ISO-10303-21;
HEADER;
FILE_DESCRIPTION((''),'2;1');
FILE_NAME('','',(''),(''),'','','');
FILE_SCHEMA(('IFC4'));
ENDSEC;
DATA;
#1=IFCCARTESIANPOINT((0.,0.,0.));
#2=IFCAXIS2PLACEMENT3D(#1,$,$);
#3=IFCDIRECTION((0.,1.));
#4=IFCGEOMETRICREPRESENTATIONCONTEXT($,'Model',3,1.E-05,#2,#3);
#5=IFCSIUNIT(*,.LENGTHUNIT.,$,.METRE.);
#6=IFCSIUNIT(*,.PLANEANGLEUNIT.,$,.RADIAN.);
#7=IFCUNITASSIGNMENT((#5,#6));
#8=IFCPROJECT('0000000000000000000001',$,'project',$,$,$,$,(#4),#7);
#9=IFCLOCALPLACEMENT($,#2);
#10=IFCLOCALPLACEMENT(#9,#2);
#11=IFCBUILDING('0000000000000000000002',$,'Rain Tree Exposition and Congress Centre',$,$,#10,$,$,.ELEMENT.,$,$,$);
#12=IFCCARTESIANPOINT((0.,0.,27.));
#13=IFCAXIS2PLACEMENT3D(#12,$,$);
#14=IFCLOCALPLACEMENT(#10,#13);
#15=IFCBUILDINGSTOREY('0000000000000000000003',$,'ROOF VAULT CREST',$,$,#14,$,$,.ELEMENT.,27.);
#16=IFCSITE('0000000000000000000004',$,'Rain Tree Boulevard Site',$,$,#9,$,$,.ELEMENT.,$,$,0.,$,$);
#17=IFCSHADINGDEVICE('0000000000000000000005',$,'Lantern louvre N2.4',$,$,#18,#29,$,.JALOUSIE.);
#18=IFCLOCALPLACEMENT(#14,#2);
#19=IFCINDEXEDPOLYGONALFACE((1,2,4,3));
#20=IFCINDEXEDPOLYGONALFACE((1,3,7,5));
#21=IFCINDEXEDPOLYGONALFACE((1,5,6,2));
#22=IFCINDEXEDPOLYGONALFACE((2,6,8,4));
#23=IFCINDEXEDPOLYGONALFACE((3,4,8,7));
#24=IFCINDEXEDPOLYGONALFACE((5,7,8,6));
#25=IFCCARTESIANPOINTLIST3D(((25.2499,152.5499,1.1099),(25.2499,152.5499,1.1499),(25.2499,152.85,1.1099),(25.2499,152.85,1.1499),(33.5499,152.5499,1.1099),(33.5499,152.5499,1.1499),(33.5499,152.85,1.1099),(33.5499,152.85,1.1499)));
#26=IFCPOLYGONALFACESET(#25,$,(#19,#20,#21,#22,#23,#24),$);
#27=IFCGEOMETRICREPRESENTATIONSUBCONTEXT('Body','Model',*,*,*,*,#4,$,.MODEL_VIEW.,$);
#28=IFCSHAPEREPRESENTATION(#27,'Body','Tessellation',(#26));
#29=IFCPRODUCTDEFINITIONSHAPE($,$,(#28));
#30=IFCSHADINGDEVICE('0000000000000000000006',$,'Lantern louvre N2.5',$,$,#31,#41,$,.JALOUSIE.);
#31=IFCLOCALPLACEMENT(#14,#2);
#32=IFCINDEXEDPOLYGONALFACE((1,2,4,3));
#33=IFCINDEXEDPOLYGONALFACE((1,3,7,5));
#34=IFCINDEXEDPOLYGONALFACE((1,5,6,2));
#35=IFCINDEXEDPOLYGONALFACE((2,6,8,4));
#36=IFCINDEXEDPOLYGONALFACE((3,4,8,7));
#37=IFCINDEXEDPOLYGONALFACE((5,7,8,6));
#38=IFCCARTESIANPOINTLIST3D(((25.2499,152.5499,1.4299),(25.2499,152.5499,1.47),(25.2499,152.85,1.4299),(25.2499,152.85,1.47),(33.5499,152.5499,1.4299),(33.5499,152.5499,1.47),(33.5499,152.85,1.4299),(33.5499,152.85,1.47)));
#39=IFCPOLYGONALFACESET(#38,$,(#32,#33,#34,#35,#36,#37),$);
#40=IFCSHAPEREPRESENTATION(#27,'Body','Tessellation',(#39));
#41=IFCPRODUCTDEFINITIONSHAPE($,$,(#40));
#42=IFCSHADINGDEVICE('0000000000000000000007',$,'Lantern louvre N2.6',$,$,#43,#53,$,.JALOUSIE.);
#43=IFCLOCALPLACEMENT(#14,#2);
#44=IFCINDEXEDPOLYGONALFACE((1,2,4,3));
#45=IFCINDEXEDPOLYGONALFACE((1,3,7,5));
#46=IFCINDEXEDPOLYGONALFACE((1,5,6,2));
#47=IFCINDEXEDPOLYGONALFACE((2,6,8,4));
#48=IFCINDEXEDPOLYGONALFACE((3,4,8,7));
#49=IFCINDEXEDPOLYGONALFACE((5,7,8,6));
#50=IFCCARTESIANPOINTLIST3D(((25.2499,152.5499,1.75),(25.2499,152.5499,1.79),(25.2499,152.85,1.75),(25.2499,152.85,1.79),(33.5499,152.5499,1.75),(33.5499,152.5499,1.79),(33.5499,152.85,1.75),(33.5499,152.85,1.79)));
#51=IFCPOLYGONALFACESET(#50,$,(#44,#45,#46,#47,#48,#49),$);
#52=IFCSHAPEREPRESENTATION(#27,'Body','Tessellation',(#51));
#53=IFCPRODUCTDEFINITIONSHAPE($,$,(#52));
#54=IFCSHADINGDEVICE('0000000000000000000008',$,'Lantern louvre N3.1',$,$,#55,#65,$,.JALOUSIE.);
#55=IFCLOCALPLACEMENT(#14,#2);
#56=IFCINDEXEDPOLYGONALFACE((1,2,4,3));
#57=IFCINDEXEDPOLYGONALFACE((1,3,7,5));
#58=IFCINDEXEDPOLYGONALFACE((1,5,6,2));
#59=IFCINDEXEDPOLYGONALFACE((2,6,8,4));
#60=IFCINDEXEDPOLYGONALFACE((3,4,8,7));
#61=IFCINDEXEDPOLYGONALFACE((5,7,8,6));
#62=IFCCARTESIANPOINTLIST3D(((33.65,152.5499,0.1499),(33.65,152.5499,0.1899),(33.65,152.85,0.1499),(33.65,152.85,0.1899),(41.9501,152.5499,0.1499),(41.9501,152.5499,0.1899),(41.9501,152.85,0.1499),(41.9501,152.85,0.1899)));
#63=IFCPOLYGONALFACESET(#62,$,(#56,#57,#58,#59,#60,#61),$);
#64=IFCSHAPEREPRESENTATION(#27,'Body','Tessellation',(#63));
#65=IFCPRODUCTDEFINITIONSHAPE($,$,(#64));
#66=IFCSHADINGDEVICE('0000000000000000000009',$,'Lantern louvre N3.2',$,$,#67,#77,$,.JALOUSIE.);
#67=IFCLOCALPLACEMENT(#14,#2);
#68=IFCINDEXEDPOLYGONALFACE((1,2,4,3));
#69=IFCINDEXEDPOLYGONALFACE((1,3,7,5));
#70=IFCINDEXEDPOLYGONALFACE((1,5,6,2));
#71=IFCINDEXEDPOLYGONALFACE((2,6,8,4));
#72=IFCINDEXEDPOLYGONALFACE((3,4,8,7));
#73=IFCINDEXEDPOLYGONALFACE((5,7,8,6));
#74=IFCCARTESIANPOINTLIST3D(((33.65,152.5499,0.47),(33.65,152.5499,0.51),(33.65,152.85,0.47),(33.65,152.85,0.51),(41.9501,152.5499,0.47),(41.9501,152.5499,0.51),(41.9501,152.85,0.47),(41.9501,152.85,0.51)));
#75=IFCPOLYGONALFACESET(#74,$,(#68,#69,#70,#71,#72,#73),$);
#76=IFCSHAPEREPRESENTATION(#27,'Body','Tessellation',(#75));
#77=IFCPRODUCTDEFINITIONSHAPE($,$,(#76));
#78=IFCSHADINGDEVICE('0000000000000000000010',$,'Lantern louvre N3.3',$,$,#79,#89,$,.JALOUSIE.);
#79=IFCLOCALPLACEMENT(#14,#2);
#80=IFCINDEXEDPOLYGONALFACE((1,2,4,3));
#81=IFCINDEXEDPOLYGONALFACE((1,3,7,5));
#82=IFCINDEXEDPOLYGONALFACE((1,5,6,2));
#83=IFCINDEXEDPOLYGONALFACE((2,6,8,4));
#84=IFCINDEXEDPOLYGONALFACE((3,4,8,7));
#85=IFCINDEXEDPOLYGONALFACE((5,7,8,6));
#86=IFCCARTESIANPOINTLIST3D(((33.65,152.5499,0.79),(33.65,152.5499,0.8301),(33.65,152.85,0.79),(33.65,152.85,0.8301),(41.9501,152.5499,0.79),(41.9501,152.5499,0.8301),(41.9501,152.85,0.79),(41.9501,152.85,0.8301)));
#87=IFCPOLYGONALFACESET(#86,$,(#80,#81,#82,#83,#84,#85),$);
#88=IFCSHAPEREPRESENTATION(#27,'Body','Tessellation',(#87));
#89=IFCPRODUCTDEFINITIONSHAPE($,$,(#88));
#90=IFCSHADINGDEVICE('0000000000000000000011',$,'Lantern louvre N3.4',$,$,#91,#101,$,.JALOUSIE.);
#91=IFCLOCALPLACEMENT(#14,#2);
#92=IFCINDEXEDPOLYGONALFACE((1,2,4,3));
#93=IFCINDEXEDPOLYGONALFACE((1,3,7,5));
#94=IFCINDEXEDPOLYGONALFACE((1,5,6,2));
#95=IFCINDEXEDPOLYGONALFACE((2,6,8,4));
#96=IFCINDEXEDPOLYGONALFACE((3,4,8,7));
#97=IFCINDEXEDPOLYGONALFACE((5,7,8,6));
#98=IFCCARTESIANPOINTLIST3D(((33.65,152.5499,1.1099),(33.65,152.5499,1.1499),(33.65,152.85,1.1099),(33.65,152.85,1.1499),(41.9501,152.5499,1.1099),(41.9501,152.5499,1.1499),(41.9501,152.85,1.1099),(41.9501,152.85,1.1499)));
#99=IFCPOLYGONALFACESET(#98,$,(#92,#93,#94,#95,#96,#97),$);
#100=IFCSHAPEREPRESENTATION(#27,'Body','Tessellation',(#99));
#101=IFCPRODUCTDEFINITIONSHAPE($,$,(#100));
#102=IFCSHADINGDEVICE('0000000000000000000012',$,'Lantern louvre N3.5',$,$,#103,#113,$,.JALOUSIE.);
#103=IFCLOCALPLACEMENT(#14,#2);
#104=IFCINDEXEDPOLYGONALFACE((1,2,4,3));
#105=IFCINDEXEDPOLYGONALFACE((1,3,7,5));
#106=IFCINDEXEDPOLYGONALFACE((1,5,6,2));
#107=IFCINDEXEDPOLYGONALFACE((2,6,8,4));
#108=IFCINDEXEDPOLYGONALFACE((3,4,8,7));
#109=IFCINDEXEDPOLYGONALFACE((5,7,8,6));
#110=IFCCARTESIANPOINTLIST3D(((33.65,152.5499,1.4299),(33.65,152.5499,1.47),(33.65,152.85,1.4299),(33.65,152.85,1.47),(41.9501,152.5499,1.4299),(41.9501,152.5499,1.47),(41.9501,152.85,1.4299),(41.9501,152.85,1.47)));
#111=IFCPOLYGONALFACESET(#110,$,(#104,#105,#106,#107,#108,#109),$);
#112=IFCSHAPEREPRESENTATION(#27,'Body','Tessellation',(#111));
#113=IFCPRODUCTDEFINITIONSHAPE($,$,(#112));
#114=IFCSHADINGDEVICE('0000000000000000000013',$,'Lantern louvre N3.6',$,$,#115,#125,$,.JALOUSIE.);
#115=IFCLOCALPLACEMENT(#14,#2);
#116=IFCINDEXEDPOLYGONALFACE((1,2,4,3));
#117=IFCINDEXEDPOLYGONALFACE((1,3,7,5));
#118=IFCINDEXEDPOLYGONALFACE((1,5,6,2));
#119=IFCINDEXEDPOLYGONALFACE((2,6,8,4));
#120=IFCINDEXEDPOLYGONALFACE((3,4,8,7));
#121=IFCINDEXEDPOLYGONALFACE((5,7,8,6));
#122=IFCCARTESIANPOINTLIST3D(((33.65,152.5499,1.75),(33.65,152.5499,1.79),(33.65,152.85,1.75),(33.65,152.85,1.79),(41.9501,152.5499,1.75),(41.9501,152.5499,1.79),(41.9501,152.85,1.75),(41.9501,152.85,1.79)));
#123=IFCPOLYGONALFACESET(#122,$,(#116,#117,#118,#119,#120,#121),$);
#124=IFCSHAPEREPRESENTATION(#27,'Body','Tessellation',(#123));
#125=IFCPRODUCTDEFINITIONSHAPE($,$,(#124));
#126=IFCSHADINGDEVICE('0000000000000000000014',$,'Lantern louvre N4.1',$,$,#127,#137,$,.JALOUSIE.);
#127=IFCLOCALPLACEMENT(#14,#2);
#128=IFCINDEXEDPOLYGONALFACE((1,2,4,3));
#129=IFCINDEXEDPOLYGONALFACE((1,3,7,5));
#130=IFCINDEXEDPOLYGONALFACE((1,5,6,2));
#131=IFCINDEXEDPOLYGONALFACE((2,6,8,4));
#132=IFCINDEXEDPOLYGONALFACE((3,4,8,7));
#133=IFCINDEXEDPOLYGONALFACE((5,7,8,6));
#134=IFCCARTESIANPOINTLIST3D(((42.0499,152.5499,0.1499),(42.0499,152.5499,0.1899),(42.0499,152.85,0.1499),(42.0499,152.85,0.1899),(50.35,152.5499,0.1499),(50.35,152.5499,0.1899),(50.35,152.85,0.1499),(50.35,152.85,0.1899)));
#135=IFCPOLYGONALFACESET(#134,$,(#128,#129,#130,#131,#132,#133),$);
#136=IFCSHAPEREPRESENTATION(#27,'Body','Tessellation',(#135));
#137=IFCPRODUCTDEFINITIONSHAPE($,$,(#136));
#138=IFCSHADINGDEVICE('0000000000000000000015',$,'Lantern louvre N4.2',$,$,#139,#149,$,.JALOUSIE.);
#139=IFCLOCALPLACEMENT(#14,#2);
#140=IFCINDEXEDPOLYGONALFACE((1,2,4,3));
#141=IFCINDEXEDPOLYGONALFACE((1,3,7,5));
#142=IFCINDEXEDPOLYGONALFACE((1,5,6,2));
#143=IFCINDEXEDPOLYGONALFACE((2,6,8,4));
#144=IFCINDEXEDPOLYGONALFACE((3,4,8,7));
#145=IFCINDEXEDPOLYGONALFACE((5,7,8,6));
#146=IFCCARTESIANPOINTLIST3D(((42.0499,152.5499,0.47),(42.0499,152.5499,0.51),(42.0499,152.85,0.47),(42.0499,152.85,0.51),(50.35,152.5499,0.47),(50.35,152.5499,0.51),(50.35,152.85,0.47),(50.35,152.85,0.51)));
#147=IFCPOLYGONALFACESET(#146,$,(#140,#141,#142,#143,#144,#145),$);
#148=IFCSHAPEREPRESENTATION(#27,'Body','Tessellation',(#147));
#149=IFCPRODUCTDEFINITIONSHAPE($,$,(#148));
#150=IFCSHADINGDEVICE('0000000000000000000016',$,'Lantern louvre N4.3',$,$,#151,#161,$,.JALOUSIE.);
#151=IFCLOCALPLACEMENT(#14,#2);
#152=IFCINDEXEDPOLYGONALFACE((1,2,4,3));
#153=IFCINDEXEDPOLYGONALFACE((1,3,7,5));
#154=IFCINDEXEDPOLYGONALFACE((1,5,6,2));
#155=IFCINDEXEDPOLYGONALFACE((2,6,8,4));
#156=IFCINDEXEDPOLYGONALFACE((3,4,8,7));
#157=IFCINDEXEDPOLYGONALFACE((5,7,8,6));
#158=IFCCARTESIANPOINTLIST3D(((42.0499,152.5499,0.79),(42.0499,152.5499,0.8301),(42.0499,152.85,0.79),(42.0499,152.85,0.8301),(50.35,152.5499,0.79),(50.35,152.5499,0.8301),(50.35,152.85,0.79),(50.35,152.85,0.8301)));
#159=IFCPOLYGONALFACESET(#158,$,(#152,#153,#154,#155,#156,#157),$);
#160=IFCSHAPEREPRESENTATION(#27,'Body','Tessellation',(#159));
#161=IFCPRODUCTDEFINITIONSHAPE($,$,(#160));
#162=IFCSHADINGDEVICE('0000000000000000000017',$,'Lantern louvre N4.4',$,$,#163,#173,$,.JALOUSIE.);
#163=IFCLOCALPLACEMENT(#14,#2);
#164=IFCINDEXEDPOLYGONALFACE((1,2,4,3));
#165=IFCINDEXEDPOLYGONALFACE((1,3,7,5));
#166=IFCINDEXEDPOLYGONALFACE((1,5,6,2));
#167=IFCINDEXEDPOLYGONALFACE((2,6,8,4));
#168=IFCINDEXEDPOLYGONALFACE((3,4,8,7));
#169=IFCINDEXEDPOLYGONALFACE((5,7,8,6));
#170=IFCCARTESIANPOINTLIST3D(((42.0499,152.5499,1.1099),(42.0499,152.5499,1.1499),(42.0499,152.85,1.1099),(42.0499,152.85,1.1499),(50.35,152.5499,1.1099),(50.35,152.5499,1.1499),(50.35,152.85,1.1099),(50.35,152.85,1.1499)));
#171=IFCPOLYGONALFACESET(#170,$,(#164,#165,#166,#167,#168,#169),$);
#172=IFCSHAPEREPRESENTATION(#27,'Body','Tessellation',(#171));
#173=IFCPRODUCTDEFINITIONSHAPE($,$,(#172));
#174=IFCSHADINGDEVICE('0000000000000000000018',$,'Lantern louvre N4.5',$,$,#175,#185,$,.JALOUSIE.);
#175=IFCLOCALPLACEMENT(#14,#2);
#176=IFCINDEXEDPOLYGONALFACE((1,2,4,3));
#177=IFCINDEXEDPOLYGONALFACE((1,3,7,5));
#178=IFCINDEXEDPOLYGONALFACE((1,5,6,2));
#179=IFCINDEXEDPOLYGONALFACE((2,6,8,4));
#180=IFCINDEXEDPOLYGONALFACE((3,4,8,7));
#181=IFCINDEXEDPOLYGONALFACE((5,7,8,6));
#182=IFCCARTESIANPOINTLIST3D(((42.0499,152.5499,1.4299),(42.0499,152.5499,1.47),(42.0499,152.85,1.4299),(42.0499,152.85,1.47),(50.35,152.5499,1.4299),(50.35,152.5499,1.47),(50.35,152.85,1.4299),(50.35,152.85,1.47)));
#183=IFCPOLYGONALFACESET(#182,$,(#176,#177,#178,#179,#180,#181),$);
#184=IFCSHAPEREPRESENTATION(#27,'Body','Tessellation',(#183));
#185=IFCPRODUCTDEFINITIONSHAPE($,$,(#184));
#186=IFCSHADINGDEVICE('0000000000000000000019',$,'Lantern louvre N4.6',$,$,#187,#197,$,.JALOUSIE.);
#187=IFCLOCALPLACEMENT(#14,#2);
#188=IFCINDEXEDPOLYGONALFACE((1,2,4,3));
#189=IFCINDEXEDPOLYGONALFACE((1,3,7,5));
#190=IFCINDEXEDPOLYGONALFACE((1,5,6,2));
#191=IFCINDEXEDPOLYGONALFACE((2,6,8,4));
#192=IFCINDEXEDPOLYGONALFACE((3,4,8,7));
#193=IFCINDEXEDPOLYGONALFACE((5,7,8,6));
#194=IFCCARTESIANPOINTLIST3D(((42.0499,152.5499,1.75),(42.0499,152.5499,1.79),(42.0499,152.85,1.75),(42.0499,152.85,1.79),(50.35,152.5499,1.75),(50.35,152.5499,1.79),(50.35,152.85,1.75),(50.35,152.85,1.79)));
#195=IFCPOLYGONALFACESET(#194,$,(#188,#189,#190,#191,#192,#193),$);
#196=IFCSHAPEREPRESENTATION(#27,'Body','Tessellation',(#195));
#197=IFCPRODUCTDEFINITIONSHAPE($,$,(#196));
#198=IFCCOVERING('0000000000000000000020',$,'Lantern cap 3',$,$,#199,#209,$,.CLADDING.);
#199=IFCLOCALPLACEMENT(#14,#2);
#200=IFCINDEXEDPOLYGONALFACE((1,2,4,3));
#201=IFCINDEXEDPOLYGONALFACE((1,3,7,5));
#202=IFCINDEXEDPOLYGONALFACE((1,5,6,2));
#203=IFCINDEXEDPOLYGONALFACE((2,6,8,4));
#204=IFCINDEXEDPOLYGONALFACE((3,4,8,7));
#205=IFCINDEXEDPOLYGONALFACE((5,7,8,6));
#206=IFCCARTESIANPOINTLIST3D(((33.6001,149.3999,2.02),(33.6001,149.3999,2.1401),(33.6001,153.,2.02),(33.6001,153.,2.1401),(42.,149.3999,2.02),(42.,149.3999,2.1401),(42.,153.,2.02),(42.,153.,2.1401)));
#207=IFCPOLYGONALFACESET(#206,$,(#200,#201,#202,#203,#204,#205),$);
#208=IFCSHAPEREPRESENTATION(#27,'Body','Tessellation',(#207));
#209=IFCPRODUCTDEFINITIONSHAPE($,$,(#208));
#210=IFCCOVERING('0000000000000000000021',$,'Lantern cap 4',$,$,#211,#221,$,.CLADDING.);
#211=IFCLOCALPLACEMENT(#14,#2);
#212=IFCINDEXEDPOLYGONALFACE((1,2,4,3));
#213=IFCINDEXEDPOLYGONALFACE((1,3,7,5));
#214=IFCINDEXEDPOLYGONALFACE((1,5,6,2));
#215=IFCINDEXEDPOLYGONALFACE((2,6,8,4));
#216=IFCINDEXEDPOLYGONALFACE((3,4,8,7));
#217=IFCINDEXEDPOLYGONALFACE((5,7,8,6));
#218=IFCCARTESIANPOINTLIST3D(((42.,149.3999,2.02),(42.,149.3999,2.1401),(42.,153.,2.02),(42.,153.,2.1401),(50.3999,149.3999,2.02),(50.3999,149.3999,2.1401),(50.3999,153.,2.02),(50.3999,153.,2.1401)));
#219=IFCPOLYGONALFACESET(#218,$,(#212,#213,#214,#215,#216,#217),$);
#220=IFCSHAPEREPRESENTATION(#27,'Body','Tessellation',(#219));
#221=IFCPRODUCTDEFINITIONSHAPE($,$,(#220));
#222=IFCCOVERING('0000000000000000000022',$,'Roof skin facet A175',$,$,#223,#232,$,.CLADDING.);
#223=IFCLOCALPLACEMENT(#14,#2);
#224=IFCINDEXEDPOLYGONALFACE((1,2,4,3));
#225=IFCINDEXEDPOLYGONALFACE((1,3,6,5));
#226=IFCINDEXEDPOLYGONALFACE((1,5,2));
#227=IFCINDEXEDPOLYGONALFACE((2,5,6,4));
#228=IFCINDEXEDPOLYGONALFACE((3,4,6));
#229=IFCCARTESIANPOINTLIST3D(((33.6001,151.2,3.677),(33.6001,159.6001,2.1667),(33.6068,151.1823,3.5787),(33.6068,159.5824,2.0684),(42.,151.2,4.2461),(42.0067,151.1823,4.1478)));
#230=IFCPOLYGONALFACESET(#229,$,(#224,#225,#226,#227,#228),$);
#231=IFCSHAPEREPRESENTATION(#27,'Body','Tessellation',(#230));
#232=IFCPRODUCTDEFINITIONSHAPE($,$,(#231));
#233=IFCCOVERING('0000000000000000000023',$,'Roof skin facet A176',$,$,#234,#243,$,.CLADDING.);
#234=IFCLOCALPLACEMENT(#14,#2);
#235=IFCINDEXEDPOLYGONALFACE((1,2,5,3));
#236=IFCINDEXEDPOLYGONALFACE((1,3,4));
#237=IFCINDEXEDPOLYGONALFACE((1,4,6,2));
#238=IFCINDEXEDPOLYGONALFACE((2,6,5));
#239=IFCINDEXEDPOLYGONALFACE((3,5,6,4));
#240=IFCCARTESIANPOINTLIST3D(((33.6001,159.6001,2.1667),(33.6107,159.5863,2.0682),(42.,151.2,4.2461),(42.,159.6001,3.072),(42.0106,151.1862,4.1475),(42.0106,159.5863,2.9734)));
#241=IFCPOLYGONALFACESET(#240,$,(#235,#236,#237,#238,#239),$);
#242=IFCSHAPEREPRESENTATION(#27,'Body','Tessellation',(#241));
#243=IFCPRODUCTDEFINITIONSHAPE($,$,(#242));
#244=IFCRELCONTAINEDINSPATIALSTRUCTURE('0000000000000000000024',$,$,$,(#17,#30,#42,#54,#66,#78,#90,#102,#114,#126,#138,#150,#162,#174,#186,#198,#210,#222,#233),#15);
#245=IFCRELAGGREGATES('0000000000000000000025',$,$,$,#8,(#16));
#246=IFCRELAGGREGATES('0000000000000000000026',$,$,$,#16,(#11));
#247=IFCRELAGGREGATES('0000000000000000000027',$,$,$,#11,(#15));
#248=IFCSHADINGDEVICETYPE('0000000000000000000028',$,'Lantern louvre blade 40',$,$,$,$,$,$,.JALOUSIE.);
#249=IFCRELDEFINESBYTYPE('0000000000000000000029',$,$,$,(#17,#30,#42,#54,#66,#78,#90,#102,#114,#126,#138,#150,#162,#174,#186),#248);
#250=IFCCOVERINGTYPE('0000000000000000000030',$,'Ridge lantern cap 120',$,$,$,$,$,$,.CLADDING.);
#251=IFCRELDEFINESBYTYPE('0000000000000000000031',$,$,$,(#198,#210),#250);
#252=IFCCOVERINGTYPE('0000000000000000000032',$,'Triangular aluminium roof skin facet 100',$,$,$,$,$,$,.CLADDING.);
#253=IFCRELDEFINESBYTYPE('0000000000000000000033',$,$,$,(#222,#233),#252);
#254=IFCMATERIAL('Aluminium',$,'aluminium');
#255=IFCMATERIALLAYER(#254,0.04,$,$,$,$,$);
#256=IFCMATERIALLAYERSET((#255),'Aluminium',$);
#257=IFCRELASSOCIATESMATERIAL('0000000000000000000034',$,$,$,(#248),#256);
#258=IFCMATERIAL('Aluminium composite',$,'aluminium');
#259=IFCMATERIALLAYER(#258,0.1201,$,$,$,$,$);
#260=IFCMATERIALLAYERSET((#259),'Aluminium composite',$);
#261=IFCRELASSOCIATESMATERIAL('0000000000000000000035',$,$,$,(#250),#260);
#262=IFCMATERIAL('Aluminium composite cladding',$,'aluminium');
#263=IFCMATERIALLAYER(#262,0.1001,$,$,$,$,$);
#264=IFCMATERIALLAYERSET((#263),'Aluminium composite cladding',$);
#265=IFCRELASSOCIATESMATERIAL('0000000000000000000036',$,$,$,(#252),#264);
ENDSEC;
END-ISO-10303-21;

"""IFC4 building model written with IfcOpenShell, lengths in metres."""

from ifc_helpers import new_model, si_unit, direction, frame, origin, origin_2d, place, context, subcontext, project, spatial, polyline, rectangle, outline, extrude, material, layer, layer_set, type_object, element, save


model = new_model("IFC4")

# Units and contexts
model_context = context("Model", 3, precision=1e-05, world=origin(), true_north=direction((0.0, 1.0)))
body_context = subcontext(model_context, "Body", "Model", "MODEL_VIEW")
ifc_project = project(units=[si_unit("LENGTHUNIT", "METRE"), si_unit("PLANEANGLEUNIT", "RADIAN")], contexts=[model_context])

# Site, building, storey
site_placement = place(None, origin())
site = spatial("IfcSite", under=ifc_project, at=site_placement, Name="Rain Tree Boulevard Site", CompositionType="ELEMENT", RefElevation=0.0)
building_placement = place(site_placement, origin())
building = spatial("IfcBuilding", under=site, at=building_placement, Name="Rain Tree Exposition and Congress Centre", CompositionType="ELEMENT")
storey_placement = place(building_placement, frame((0.0, 0.0, 27.0)))
storey = spatial("IfcBuildingStorey", under=building, at=storey_placement, Name="ROOF VAULT CREST", CompositionType="ELEMENT", Elevation=27.0)

# Shading devices
ifc_material_1 = material(Name="Aluminium", Category="aluminium")
ifc_layer_1 = layer(ifc_material_1, 0.04)
ifc_layer_set_1 = layer_set([ifc_layer_1], Name="Aluminium")
shading_device_type = type_object("IfcShadingDeviceType", Name="Lantern louvre blade 40", PredefinedType="JALOUSIE", material=ifc_layer_set_1)
for number, where, z_axis, x_axis, name in (
    (1, (29.3999, 152.7, 1.1099), (0.0, 0.0, 1.0), (1.0, 0.0, 0.0), "Lantern louvre N2.4"),
    (2, (29.3999, 152.7, 1.4299), (0.0, 0.0, 1.0), (1.0, 0.0, 0.0), "Lantern louvre N2.5"),
    (3, (29.3999, 152.7, 1.75), (0.0, 0.0, 1.0), (1.0, 0.0, 0.0), "Lantern louvre N2.6"),
    (4, (37.8, 152.7, 0.1499), (0.0, 0.0, 1.0), (1.0, 0.0, 0.0), "Lantern louvre N3.1"),
    (5, (37.8, 152.7, 0.47), (0.0, 0.0, 1.0), (1.0, 0.0, 0.0), "Lantern louvre N3.2"),
    (6, (37.8, 152.7, 0.79), (0.0, 0.0, 1.0), (1.0, 0.0, 0.0), "Lantern louvre N3.3"),
    (7, (37.8, 152.7, 1.1099), (0.0, 0.0, 1.0), (1.0, 0.0, 0.0), "Lantern louvre N3.4"),
    (8, (37.8, 152.7, 1.4299), (0.0, 0.0, 1.0), (1.0, 0.0, 0.0), "Lantern louvre N3.5"),
    (9, (37.8, 152.7, 1.75), (0.0, 0.0, 1.0), (1.0, 0.0, 0.0), "Lantern louvre N3.6"),
    (10, (46.2, 152.7, 0.1499), (0.0, 0.0, 1.0), (1.0, 0.0, 0.0), "Lantern louvre N4.1"),
    (11, (46.2, 152.7, 0.47), (0.0, 0.0, 1.0), (1.0, 0.0, 0.0), "Lantern louvre N4.2"),
    (12, (46.2, 152.7, 0.79), (0.0, 0.0, 1.0), (1.0, 0.0, 0.0), "Lantern louvre N4.3"),
    (13, (46.2, 152.7, 1.1099), (0.0, 0.0, 1.0), (1.0, 0.0, 0.0), "Lantern louvre N4.4"),
    (14, (46.2, 152.7, 1.4299), (0.0, 0.0, 1.0), (1.0, 0.0, 0.0), "Lantern louvre N4.5"),
    (15, (46.2, 152.7, 1.75), (0.0, 0.0, 1.0), (1.0, 0.0, 0.0), "Lantern louvre N4.6"),
):
    element("IfcShadingDevice", number, at=place(storey_placement, frame(where, z_axis=z_axis, x_axis=x_axis)), inside=storey, type_object=shading_device_type, Name=name, PredefinedType="JALOUSIE", context=body_context, shape_type="SweptSolid", body=[
        extrude(rectangle(XDim=8.3, YDim=0.3, at=origin_2d()), origin(), (0.0, 0.0, 1.0), 0.04),
    ])

# Coverings
ifc_material_2 = material(Name="Aluminium composite", Category="aluminium")
ifc_layer_2 = layer(ifc_material_2, 0.1201)
ifc_layer_set_2 = layer_set([ifc_layer_2], Name="Aluminium composite")
covering_type_1 = type_object("IfcCoveringType", Name="Ridge lantern cap 120", PredefinedType="CLADDING", material=ifc_layer_set_2)
for number, where, z_axis, x_axis, name in (
    (16, (37.8, 151.2, 2.02), (0.0, 0.0, 1.0), (1.0, 0.0, 0.0), "Lantern cap 3"),
    (17, (46.2, 151.2, 2.02), (0.0, 0.0, 1.0), (1.0, 0.0, 0.0), "Lantern cap 4"),
):
    element("IfcCovering", number, at=place(storey_placement, frame(where, z_axis=z_axis, x_axis=x_axis)), inside=storey, type_object=covering_type_1, Name=name, PredefinedType="CLADDING", context=body_context, shape_type="SweptSolid", body=[
        extrude(rectangle(XDim=8.3999, YDim=3.6001, at=origin_2d()), origin(), (0.0, 0.0, 1.0), 0.1201),
    ])
ifc_material_3 = material(Name="Aluminium composite cladding", Category="aluminium")
ifc_layer_3 = layer(ifc_material_3, 0.1001)
ifc_layer_set_3 = layer_set([ifc_layer_3], Name="Aluminium composite cladding")
covering_type_2 = type_object("IfcCoveringType", Name="Triangular aluminium roof skin facet 100", PredefinedType="CLADDING", material=ifc_layer_set_3)
covering_1_placement = place(storey_placement, frame((33.6001, 151.2, 3.677), z_axis=(-0.066533, 0.17656, 0.982039), x_axis=(0.997713, 0.0, 0.067595)))
element("IfcCovering", 18, at=covering_1_placement, inside=storey, type_object=covering_type_2, Name="Roof skin facet A175", PredefinedType="CLADDING", context=body_context, shape_type="SweptSolid", body=[
    extrude(outline(polyline([(0.0, 0.0), (8.4192, 0.0), (-0.1021, 8.5342), (0.0, 0.0)])), origin(), (0.0, 0.0, -1.0), 0.1001),
])
covering_2_placement = place(storey_placement, frame((42.0, 151.2, 4.2461), z_axis=(-0.106132, 0.137641, 0.98478), x_axis=(0.0, 0.990373, -0.138423)))
element("IfcCovering", 19, at=covering_2_placement, inside=storey, type_object=covering_type_2, Name="Roof skin facet A176", PredefinedType="CLADDING", context=body_context, shape_type="SweptSolid", body=[
    extrude(outline(polyline([(0.0, 0.0), (8.4818, 0.0), (8.6071, 8.4476), (0.0, 0.0)])), origin(), (0.0, 0.0, -1.0), 0.1001),
])

save(model, "model.ifc")
